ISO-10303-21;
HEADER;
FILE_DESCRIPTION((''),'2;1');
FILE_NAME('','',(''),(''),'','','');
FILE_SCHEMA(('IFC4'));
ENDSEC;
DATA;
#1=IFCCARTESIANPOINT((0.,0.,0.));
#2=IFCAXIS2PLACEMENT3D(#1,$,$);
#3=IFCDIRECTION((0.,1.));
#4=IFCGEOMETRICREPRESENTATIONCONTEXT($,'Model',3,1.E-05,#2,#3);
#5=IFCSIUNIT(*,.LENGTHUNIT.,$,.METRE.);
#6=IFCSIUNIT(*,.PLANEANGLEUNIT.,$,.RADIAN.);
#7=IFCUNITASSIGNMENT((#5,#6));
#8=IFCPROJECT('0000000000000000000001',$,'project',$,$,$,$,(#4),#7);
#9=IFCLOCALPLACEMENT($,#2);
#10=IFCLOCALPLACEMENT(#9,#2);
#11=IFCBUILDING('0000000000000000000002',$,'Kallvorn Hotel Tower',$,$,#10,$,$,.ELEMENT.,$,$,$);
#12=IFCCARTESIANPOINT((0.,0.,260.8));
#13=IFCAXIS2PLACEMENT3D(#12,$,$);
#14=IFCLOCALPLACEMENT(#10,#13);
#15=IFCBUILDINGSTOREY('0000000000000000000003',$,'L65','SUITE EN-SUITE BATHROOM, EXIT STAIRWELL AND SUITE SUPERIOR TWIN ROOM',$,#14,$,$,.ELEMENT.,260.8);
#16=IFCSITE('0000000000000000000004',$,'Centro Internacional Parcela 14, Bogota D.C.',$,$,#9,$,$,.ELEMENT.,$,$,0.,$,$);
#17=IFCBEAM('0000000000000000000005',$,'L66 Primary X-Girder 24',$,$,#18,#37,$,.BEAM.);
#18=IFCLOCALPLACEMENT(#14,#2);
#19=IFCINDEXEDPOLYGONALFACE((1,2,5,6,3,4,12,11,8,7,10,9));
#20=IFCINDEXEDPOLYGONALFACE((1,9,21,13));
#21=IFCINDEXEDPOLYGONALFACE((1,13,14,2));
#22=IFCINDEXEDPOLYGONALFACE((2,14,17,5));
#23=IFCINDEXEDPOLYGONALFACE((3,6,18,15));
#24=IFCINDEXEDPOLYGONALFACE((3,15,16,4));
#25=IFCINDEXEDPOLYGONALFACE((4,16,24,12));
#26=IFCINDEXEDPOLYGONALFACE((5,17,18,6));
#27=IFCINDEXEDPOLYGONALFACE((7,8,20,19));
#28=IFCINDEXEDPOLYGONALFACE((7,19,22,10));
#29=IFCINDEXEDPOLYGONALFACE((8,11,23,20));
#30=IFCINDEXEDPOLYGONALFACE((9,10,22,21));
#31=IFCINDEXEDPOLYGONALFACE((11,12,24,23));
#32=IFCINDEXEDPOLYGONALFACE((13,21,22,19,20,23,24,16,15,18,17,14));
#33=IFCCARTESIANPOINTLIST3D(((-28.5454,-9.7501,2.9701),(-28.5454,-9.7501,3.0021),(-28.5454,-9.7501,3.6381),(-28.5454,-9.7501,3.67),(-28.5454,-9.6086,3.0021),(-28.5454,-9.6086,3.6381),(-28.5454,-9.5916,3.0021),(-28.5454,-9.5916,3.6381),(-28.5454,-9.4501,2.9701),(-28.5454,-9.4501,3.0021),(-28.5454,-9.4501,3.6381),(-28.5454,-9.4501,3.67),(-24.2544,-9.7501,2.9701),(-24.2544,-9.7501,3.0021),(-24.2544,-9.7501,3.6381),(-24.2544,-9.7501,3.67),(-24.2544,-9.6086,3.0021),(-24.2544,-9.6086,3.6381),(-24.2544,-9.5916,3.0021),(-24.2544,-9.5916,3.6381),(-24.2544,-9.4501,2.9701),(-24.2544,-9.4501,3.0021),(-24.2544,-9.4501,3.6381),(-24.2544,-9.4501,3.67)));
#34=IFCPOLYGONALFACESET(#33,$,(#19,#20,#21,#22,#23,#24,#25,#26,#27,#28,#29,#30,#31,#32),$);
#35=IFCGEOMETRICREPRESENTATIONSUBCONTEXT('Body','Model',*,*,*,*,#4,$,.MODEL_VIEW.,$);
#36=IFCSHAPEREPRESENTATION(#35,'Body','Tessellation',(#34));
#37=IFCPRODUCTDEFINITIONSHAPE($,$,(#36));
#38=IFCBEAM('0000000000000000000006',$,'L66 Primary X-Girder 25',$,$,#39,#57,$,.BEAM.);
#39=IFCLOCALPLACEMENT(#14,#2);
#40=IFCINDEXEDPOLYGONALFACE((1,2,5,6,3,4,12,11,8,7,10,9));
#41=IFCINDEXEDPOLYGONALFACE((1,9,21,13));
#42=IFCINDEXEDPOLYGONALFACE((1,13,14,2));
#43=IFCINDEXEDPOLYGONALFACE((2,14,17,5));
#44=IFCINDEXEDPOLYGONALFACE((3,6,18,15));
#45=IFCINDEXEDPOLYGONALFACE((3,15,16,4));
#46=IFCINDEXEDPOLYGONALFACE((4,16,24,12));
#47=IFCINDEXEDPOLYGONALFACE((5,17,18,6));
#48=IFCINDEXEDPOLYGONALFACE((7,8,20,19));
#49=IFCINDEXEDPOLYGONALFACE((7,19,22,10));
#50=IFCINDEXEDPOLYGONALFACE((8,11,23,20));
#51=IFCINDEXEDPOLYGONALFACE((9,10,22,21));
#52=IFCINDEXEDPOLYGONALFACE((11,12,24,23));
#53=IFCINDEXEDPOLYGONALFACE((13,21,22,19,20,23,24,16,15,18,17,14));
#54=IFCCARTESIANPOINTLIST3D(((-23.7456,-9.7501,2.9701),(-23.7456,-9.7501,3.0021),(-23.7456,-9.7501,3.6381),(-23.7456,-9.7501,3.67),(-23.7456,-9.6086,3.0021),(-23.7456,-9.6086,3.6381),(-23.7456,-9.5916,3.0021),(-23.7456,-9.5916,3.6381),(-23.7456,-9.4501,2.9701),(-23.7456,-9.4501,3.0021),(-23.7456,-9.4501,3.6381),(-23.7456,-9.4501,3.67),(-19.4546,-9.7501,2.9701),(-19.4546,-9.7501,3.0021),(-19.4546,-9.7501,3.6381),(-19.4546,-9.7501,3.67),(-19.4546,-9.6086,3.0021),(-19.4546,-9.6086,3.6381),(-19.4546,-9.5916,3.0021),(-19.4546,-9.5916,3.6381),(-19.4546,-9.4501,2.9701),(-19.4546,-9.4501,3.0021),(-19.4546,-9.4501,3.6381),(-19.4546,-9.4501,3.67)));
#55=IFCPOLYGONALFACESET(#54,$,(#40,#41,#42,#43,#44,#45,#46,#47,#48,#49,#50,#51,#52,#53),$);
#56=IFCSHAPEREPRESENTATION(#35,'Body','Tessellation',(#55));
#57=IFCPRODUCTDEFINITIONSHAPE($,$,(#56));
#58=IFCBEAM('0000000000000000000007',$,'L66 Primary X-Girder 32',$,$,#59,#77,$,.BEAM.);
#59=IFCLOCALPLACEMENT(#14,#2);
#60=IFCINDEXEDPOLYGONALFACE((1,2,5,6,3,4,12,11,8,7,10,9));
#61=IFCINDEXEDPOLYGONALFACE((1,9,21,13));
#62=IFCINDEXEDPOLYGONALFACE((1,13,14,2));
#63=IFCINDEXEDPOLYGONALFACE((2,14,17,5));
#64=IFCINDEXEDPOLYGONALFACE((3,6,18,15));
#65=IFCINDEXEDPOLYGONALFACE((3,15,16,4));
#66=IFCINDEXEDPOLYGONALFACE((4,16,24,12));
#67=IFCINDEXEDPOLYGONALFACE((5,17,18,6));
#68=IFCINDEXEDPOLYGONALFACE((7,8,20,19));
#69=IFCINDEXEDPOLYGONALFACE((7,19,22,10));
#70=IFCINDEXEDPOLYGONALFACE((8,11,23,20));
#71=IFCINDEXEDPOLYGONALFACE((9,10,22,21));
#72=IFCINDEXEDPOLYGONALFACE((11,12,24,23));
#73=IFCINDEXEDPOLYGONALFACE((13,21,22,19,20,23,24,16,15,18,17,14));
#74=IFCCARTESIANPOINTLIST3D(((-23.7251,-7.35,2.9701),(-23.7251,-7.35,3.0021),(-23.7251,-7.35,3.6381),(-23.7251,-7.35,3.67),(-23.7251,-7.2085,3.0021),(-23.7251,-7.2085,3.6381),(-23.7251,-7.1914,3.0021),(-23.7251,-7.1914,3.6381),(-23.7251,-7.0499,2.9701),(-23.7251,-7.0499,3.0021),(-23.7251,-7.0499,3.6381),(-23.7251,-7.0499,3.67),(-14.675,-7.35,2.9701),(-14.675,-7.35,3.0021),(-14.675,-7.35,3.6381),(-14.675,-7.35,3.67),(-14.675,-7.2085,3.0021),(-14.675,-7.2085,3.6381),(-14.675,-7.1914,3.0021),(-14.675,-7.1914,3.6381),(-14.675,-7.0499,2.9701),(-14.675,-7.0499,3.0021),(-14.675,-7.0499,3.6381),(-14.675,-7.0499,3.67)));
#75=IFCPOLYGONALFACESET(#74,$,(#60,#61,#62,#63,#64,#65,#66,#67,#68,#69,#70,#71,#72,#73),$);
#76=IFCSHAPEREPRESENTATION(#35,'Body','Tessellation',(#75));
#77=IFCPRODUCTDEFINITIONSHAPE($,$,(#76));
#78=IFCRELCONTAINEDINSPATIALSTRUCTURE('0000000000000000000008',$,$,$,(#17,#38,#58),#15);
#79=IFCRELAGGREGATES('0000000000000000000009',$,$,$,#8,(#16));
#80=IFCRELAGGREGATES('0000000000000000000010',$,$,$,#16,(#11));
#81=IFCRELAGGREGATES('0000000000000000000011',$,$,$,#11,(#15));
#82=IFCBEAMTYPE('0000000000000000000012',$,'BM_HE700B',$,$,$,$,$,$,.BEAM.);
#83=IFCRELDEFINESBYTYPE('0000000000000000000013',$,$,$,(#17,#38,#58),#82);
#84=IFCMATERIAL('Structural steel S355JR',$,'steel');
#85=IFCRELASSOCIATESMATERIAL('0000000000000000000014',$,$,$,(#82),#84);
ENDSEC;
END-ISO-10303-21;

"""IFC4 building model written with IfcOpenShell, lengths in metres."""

from ifc_helpers import new_model, si_unit, direction, frame, origin, origin_2d, place, context, subcontext, project, spatial, i_section, extrude, material, material_profile, profile_set, type_object, element, save


model = new_model("IFC4")

# Units and contexts
model_context = context("Model", 3, precision=1e-05, world=origin(), true_north=direction((0.0, 1.0)))
body_context = subcontext(model_context, "Body", "Model", "MODEL_VIEW")
ifc_project = project(units=[si_unit("LENGTHUNIT", "METRE"), si_unit("PLANEANGLEUNIT", "RADIAN")], contexts=[model_context])

# Site, building, storey
site_placement = place(None, origin())
site = spatial("IfcSite", under=ifc_project, at=site_placement, Name="Centro Internacional Parcela 14, Bogota D.C.", CompositionType="ELEMENT", RefElevation=0.0)
building_placement = place(site_placement, origin())
building = spatial("IfcBuilding", under=site, at=building_placement, Name="Kallvorn Hotel Tower", CompositionType="ELEMENT")
storey_placement = place(building_placement, frame((0.0, 0.0, 260.8)))
storey = spatial("IfcBuildingStorey", under=building, at=storey_placement, Name="L65", Description="SUITE EN-SUITE BATHROOM, EXIT STAIRWELL AND SUITE SUPERIOR TWIN ROOM", CompositionType="ELEMENT", Elevation=260.8)

# Beams
ifc_material_1 = material(Name="Structural steel S355JR", Category="steel")
ifc_material_profile_1 = material_profile(ifc_material_1, i_section(OverallWidth=0.3, OverallDepth=0.7, WebThickness=0.0171, FlangeThickness=0.032, at=origin_2d()), Name="HE 700 B")
ifc_profile_set_1 = profile_set([ifc_material_profile_1], Name="Structural steel S355JR")
beam_type_1 = type_object("IfcBeamType", Name="BM_HE700B", PredefinedType="BEAM", material=ifc_profile_set_1)
for number, where, z_axis, x_axis, name in (
    (1, (-28.5454, -9.6001, 3.3201), (1.0, 0.0, 0.0), (0.0, 1.0, 0.0), "L66 Primary X-Girder 24"),
    (2, (-23.7456, -9.6001, 3.3201), (1.0, 0.0, 0.0), (0.0, 1.0, 0.0), "L66 Primary X-Girder 25"),
):
    element("IfcBeam", number, at=place(storey_placement, frame(where, z_axis=z_axis, x_axis=x_axis)), inside=storey, type_object=beam_type_1, Name=name, PredefinedType="BEAM", context=body_context, shape_type="SweptSolid", body=[
        extrude(i_section(OverallWidth=0.3, OverallDepth=0.7, WebThickness=0.0171, FlangeThickness=0.032, at=origin_2d()), origin(), (0.0, 0.0, 1.0), 4.291),
    ])
beam_1_placement = place(storey_placement, frame((-23.7251, -7.2, 3.3201), z_axis=(1.0, 0.0, 0.0), x_axis=(0.0, 1.0, 0.0)))
element("IfcBeam", 3, at=beam_1_placement, inside=storey, type_object=beam_type_1, Name="L66 Primary X-Girder 32", PredefinedType="BEAM", context=body_context, shape_type="SweptSolid", body=[
    extrude(i_section(OverallWidth=0.3, OverallDepth=0.7, WebThickness=0.0171, FlangeThickness=0.032, at=origin_2d()), origin(), (0.0, 0.0, 1.0), 9.05),
])

save(model, "model.ifc")
